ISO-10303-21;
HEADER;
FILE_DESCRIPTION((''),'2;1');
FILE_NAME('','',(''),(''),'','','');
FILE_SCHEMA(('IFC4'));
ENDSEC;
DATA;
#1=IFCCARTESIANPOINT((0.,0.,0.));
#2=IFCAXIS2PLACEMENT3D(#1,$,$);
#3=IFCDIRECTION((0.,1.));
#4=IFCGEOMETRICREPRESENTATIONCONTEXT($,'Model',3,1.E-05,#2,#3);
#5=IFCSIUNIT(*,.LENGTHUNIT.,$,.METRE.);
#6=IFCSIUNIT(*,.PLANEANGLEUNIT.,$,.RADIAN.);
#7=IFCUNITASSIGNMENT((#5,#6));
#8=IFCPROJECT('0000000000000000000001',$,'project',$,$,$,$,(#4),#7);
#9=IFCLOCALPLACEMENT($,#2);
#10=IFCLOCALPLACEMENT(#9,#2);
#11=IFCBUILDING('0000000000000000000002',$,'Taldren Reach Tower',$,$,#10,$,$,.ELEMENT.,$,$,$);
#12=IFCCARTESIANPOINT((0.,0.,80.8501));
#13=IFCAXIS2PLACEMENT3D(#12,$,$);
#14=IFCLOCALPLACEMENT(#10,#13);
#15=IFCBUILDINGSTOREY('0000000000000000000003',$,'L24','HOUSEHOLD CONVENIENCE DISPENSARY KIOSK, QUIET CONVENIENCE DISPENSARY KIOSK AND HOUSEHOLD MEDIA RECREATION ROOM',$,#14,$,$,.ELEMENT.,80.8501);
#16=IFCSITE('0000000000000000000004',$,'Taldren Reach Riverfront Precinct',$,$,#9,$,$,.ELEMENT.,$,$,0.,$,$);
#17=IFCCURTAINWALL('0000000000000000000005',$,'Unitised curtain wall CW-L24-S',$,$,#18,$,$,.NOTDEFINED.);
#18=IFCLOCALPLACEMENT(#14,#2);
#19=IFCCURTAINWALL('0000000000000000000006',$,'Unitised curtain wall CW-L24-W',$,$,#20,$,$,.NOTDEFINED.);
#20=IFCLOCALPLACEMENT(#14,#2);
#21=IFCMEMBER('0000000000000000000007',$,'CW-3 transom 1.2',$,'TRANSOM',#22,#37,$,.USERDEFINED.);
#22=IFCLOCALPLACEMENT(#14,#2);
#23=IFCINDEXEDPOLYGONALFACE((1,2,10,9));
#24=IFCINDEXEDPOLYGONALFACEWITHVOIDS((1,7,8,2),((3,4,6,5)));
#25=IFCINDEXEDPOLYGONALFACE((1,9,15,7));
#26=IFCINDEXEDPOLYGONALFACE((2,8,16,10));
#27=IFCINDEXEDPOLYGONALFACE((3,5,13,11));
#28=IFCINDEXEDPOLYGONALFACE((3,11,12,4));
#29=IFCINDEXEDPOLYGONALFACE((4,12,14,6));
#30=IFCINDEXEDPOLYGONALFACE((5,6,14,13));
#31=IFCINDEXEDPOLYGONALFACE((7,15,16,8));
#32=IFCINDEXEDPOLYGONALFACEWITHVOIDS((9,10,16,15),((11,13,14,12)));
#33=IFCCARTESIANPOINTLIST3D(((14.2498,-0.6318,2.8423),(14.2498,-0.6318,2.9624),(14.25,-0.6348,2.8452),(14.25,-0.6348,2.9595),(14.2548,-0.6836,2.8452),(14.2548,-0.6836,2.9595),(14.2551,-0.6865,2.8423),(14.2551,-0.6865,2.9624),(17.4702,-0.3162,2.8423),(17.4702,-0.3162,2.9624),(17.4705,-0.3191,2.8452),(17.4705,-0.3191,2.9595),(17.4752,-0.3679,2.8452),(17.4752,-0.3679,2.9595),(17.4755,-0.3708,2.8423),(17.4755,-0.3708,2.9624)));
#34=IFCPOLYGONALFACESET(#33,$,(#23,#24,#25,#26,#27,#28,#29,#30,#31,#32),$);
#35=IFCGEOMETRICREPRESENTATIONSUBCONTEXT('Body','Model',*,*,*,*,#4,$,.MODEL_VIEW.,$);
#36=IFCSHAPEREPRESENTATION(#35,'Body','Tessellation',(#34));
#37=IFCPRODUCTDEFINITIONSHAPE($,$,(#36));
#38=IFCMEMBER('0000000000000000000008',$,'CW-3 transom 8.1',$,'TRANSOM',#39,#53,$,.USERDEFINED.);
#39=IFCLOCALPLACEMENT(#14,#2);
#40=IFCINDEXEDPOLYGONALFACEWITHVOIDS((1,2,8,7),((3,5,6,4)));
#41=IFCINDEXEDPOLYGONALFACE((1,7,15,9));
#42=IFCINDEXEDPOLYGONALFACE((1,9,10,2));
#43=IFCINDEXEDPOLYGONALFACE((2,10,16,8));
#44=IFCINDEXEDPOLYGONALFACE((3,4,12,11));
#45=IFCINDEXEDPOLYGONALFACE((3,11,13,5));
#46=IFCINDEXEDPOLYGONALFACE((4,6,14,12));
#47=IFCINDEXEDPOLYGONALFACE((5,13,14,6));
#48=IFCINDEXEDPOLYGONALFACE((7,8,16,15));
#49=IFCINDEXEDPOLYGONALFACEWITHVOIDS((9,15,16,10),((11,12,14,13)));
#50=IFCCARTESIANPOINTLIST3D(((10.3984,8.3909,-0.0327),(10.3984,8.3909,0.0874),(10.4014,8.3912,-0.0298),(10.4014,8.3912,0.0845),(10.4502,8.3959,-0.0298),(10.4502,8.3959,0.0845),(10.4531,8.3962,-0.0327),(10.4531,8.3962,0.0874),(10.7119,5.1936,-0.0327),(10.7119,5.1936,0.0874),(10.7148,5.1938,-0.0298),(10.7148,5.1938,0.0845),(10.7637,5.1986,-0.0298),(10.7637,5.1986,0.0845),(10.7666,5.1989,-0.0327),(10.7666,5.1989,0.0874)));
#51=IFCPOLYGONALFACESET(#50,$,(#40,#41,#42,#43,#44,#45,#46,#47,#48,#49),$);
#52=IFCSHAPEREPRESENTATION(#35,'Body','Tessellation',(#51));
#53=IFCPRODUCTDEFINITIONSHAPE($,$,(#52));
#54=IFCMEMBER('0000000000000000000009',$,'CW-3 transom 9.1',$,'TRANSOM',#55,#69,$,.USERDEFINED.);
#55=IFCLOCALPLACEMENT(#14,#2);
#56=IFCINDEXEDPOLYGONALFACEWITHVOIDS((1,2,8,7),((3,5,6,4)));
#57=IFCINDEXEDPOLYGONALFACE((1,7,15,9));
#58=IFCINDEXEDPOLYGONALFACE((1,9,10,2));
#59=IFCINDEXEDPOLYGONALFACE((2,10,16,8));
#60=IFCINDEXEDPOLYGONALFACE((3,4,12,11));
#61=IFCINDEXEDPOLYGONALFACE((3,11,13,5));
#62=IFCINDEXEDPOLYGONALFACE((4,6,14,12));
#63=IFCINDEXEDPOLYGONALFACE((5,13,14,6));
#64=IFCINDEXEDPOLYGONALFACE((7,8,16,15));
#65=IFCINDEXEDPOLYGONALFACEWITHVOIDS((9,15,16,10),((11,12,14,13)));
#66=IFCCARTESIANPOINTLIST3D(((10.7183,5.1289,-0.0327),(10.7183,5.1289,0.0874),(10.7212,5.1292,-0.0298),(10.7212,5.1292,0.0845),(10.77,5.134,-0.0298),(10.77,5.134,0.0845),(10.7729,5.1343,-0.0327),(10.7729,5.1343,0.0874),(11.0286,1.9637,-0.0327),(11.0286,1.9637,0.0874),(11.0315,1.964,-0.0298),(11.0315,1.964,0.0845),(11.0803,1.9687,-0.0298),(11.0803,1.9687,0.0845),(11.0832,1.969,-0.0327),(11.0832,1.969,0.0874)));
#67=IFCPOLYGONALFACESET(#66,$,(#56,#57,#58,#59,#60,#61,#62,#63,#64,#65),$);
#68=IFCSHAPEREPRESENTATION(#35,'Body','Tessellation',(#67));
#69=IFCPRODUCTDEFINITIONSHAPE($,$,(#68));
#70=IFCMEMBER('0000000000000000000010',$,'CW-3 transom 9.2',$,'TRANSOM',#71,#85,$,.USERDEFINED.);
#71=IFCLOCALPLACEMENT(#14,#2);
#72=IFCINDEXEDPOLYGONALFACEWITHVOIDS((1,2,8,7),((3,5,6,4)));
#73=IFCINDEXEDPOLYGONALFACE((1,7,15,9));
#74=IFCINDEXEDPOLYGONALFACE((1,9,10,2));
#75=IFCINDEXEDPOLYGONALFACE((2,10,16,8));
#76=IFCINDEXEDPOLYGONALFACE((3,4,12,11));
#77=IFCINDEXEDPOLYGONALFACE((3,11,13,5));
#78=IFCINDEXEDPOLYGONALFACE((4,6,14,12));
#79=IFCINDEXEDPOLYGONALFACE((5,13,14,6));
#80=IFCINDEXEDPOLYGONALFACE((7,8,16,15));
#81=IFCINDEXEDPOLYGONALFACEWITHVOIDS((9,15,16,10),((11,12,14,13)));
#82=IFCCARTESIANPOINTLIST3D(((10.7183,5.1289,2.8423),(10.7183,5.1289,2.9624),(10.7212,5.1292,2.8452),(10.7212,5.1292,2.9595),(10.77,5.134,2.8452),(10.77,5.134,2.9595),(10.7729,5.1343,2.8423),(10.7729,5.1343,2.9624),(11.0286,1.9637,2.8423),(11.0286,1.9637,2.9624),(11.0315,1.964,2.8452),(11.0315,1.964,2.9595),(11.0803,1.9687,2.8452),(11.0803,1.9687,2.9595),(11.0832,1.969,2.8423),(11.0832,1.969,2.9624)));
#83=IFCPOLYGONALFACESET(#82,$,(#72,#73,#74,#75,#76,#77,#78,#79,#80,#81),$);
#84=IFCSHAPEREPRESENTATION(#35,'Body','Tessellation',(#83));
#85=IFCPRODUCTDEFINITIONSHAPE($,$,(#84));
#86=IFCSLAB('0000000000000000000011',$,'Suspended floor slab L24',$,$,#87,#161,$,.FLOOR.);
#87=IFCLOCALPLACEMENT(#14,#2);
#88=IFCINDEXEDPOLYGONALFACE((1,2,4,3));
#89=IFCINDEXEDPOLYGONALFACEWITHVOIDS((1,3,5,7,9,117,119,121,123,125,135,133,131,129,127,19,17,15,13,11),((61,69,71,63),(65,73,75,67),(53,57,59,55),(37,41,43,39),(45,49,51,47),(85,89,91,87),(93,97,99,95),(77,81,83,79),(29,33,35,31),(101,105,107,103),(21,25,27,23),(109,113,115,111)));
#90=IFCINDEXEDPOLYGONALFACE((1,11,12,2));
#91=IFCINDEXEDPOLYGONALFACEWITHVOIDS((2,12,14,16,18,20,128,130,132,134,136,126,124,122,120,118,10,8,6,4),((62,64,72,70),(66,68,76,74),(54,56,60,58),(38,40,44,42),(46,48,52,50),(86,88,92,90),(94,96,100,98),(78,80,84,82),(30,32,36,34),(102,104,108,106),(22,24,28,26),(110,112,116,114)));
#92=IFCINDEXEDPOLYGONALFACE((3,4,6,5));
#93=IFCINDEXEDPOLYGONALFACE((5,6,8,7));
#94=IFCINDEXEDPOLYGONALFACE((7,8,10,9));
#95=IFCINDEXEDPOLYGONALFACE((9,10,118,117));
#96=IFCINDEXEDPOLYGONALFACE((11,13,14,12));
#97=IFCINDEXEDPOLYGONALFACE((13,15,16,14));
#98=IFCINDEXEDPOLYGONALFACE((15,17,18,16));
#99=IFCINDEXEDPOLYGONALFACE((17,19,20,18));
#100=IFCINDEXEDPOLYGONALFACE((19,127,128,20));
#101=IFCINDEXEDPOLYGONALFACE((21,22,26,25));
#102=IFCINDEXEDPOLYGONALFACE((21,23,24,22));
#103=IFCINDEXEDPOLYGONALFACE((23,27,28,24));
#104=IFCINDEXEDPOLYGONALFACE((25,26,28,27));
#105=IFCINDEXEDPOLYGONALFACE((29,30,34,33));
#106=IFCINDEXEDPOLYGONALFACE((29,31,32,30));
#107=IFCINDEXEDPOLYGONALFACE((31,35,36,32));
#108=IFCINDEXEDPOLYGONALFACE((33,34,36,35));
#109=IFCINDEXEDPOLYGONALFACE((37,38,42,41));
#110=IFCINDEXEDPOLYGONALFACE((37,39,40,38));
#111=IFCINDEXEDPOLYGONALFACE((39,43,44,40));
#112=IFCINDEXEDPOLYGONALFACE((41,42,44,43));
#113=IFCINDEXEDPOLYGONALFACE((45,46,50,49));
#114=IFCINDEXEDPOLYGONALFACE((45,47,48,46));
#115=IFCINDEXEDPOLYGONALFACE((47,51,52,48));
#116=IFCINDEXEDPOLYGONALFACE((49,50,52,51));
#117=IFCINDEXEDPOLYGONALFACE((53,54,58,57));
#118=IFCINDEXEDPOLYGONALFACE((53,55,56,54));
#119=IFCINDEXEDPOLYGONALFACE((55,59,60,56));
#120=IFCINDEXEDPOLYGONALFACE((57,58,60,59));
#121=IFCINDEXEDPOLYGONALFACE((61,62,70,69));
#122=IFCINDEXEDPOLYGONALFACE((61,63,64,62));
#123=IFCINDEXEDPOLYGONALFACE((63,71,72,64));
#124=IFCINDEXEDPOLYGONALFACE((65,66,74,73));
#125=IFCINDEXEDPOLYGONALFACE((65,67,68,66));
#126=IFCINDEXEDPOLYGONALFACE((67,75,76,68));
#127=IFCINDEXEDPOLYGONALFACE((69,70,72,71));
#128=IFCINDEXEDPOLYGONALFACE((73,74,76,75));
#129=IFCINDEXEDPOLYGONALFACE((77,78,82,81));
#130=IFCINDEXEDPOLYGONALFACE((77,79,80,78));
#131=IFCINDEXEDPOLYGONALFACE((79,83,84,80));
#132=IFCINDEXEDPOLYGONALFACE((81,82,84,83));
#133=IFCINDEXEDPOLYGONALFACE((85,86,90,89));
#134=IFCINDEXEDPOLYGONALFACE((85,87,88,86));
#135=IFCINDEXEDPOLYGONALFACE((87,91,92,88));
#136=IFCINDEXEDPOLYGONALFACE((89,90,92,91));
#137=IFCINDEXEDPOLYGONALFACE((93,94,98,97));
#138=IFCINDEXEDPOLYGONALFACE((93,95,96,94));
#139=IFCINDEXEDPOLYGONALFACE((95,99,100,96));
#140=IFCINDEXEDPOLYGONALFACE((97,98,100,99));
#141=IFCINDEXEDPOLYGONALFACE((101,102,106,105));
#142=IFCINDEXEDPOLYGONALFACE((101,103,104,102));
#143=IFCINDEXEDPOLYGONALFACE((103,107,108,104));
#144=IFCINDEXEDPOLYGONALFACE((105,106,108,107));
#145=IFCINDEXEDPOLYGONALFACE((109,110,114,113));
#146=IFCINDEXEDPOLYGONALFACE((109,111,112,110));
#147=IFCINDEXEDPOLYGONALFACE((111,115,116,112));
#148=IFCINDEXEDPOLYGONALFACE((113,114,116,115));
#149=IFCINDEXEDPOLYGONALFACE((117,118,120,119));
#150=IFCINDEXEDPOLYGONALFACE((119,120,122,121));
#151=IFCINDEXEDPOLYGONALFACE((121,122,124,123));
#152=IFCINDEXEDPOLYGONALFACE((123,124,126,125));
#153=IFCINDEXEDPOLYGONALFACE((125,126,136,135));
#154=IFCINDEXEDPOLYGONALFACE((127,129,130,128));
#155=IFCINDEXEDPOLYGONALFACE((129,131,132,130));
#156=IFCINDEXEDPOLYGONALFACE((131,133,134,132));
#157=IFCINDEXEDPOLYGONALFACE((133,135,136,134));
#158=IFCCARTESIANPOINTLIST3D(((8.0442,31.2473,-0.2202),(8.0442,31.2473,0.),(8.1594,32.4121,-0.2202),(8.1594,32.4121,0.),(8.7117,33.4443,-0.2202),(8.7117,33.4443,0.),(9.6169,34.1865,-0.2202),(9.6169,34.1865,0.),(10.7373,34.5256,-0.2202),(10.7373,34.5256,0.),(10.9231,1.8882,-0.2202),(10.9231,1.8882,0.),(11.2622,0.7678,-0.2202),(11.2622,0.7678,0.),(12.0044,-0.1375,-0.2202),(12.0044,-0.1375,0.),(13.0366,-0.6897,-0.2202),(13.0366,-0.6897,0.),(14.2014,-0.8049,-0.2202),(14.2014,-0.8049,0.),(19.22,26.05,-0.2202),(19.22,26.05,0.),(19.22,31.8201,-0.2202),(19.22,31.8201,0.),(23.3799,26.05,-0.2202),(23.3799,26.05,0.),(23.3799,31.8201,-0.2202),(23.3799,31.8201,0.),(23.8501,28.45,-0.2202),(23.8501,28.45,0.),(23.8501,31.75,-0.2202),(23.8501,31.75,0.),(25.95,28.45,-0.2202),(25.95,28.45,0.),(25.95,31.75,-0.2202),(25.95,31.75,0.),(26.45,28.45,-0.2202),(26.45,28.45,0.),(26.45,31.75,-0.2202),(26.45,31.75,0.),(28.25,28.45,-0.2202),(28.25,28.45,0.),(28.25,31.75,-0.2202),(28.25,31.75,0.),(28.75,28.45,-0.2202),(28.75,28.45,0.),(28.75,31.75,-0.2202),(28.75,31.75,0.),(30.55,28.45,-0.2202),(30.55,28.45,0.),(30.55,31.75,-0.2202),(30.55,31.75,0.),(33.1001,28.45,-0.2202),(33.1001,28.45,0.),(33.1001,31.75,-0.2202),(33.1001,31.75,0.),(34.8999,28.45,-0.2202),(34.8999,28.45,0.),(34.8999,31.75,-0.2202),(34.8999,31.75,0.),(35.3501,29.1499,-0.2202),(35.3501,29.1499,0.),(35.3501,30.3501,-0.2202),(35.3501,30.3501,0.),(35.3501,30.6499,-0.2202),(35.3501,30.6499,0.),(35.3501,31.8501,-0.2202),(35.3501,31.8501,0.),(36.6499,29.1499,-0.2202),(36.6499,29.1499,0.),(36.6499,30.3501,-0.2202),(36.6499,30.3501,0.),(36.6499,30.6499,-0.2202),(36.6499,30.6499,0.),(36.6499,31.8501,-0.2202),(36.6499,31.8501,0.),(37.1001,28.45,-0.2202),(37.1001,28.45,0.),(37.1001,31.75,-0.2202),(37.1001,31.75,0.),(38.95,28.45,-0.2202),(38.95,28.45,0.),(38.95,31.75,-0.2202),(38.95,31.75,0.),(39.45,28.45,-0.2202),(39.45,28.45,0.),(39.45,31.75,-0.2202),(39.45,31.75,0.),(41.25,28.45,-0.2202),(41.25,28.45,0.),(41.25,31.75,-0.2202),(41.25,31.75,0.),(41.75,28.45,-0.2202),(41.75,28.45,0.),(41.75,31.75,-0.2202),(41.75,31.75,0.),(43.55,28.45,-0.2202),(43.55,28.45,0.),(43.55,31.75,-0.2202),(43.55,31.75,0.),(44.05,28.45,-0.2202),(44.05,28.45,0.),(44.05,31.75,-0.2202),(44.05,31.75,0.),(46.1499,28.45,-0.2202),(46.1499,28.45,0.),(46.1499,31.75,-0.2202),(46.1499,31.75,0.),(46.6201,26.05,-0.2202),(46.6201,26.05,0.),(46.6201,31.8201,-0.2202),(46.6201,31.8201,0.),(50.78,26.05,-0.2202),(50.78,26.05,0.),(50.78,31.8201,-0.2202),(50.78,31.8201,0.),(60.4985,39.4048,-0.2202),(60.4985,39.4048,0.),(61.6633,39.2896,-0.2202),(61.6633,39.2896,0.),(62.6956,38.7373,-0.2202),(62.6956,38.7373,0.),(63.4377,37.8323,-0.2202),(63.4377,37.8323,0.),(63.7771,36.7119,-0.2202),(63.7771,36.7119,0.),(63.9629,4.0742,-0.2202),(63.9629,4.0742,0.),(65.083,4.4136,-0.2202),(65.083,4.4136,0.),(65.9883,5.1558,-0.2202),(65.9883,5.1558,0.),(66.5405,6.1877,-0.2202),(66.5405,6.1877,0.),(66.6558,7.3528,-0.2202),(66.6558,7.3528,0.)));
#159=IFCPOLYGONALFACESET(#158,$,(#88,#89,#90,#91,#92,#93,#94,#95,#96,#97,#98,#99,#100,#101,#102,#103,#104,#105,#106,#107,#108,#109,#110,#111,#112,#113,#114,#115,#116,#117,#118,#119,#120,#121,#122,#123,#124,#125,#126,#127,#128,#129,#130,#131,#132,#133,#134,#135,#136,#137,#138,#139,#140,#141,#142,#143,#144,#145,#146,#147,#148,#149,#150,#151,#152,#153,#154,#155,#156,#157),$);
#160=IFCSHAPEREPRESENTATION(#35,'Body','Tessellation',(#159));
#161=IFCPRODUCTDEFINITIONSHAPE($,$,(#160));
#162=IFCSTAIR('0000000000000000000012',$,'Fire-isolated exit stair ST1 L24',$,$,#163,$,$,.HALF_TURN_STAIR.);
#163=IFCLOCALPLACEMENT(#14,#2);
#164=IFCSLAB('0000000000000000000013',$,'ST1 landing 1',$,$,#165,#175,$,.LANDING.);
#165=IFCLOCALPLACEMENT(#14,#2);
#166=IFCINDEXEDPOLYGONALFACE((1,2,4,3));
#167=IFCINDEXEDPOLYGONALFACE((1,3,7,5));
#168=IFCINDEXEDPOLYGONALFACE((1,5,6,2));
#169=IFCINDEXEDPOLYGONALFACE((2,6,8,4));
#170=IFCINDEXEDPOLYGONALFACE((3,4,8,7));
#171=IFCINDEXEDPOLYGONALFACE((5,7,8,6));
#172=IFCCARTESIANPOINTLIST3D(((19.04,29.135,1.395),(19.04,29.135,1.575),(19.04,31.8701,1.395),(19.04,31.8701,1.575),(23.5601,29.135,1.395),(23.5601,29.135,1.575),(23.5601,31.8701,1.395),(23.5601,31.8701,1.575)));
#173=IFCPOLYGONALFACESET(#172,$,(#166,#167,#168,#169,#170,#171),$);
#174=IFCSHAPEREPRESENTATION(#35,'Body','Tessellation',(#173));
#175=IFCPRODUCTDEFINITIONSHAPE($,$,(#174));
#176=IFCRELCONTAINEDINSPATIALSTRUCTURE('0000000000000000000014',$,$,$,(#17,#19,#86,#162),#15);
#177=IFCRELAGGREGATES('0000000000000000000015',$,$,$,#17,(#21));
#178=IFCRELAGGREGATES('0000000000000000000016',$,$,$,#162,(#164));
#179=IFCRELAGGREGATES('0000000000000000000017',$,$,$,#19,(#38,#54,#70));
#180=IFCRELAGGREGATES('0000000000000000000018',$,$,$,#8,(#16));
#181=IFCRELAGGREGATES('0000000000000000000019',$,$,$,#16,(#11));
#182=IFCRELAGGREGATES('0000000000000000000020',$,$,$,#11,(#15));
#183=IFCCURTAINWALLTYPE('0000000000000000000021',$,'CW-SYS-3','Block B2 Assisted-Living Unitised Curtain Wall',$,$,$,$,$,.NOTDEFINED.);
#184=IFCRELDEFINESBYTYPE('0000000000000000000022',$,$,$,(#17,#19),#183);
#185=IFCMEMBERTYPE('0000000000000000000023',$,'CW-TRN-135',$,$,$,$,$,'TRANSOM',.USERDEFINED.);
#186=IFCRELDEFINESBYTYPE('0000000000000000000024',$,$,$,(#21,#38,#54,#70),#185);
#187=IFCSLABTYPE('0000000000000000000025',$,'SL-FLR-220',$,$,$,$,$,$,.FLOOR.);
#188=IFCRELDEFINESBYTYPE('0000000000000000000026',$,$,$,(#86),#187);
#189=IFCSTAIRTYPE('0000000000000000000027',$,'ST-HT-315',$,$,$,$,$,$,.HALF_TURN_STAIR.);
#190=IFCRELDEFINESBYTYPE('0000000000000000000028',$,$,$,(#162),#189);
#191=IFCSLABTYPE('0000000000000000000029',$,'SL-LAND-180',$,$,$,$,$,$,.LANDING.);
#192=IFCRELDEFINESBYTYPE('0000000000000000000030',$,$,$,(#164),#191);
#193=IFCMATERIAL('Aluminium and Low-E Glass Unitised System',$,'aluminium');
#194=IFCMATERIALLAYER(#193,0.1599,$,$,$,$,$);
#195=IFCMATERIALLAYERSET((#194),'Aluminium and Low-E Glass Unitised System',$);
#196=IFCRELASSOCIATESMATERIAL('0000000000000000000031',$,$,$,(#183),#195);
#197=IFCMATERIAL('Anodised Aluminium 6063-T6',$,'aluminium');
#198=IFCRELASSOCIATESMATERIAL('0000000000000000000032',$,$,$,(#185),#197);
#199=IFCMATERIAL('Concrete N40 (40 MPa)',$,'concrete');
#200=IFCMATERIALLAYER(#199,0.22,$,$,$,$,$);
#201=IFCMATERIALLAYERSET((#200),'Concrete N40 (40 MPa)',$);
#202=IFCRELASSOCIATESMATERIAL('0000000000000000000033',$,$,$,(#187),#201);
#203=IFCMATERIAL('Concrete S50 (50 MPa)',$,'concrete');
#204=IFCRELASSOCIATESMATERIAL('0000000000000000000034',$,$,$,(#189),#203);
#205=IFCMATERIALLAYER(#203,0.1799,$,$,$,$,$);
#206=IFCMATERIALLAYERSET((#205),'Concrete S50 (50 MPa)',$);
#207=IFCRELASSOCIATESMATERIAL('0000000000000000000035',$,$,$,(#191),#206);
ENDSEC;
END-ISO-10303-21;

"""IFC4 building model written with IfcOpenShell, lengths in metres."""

from ifc_helpers import new_model, si_unit, direction, frame, origin, origin_2d, place, context, subcontext, project, spatial, polyline, hollow_rectangle, outline, extrude, source, transform, mapped, material, layer, layer_set, material_profile, profile_set, type_object, element, aggregate, save


model = new_model("IFC4")

# Units and contexts
model_context = context("Model", 3, precision=1e-05, world=origin(), true_north=direction((0.0, 1.0)))
body_context = subcontext(model_context, "Body", "Model", "MODEL_VIEW")
ifc_project = project(units=[si_unit("LENGTHUNIT", "METRE"), si_unit("PLANEANGLEUNIT", "RADIAN")], contexts=[model_context])

# Site, building, storey
site_placement = place(None, origin())
site = spatial("IfcSite", under=ifc_project, at=site_placement, Name="Taldren Reach Riverfront Precinct", CompositionType="ELEMENT", RefElevation=0.0)
building_placement = place(site_placement, origin())
building = spatial("IfcBuilding", under=site, at=building_placement, Name="Taldren Reach Tower", CompositionType="ELEMENT")
storey_placement = place(building_placement, frame((0.0, 0.0, 80.8501)))
storey = spatial("IfcBuildingStorey", under=building, at=storey_placement, Name="L24", Description="HOUSEHOLD CONVENIENCE DISPENSARY KIOSK, QUIET CONVENIENCE DISPENSARY KIOSK AND HOUSEHOLD MEDIA RECREATION ROOM", CompositionType="ELEMENT", Elevation=80.8501)

# Curtain wall
ifc_material_1 = material(Name="Aluminium and Low-E Glass Unitised System", Category="aluminium")
ifc_layer_1 = layer(ifc_material_1, 0.1599)
ifc_layer_set_1 = layer_set([ifc_layer_1], Name="Aluminium and Low-E Glass Unitised System")
curtain_wall_type = type_object("IfcCurtainWallType", Name="CW-SYS-3", Description="Block B2 Assisted-Living Unitised Curtain Wall", PredefinedType="NOTDEFINED", material=ifc_layer_set_1)
curtain_wall_1_placement = place(storey_placement, origin())
curtain_wall_1 = element("IfcCurtainWall", 1, at=curtain_wall_1_placement, inside=storey, type_object=curtain_wall_type, Name="Unitised curtain wall CW-L24-S", PredefinedType="NOTDEFINED")
ifc_material_2 = material(Name="Anodised Aluminium 6063-T6", Category="aluminium")

# Curtain wall
curtain_wall_2_placement = place(storey_placement, origin())
curtain_wall_2 = element("IfcCurtainWall", 2, at=curtain_wall_2_placement, inside=storey, type_object=curtain_wall_type, Name="Unitised curtain wall CW-L24-W", PredefinedType="NOTDEFINED")

# Members
ifc_material_profile_1 = material_profile(ifc_material_2, hollow_rectangle(XDim=0.0549, YDim=0.1201, WallThickness=0.0029, at=origin_2d()), Name="ALU-120x55x3RHS")
ifc_profile_set_1 = profile_set([ifc_material_profile_1], Name="Anodised Aluminium 6063-T6")
member_type_1 = type_object("IfcMemberType", Name="CW-TRN-135", ElementType="TRANSOM", PredefinedType="USERDEFINED", material=ifc_profile_set_1)
shared_shape_1 = source(origin(), body_context, "Body", "SweptSolid", [
    extrude(hollow_rectangle(XDim=0.0549, YDim=0.1201, WallThickness=0.0029, at=origin_2d()), origin(), (0.0, 0.0, 1.0), 3.2358),
])
member_1_placement = place(storey_placement, frame((14.2524, -0.6592, 2.9023), z_axis=(0.99523, 0.097554, 0.0), x_axis=(-0.097554, 0.99523, 0.0)))
member_1 = element("IfcMember", 3, at=member_1_placement, type_object=member_type_1, Name="CW-3 transom 1.2", ObjectType="TRANSOM", PredefinedType="USERDEFINED", context=body_context, shape_type="MappedRepresentation", body=[
    mapped(shared_shape_1, transform((0.0, 0.0, 0.0), scale=1.0)),
])
aggregate(curtain_wall_1, [member_1])
shared_shape_2 = source(origin(), body_context, "Body", "SweptSolid", [
    extrude(hollow_rectangle(XDim=0.0549, YDim=0.1201, WallThickness=0.0029, at=origin_2d()), origin(), (0.0, 0.0, 1.0), 3.2126),
])
member_2_placement = place(storey_placement, frame((10.4258, 8.3936, 0.0273), z_axis=(0.097577, -0.995228, 0.0), x_axis=(0.995228, 0.097577, 0.0)))
member_2 = element("IfcMember", 4, at=member_2_placement, type_object=member_type_1, Name="CW-3 transom 8.1", ObjectType="TRANSOM", PredefinedType="USERDEFINED", context=body_context, shape_type="MappedRepresentation", body=[
    mapped(shared_shape_2, transform((0.0, 0.0, 0.0), scale=1.0)),
])
shared_shape_3 = source(origin(), body_context, "Body", "SweptSolid", [
    extrude(hollow_rectangle(XDim=0.0549, YDim=0.1201, WallThickness=0.0029, at=origin_2d()), origin(), (0.0, 0.0, 1.0), 3.1804),
])
member_3_placement = place(storey_placement, frame((10.7456, 5.1316, 0.0273), z_axis=(0.097565, -0.995229, 0.0), x_axis=(0.995229, 0.097565, 0.0)))
member_3 = element("IfcMember", 5, at=member_3_placement, type_object=member_type_1, Name="CW-3 transom 9.1", ObjectType="TRANSOM", PredefinedType="USERDEFINED", context=body_context, shape_type="MappedRepresentation", body=[
    mapped(shared_shape_3, transform((0.0, 0.0, 0.0), scale=1.0)),
])
member_4_placement = place(storey_placement, frame((10.7456, 5.1316, 2.9023), z_axis=(0.097565, -0.995229, 0.0), x_axis=(0.995229, 0.097565, 0.0)))
member_4 = element("IfcMember", 6, at=member_4_placement, type_object=member_type_1, Name="CW-3 transom 9.2", ObjectType="TRANSOM", PredefinedType="USERDEFINED", context=body_context, shape_type="MappedRepresentation", body=[
    mapped(shared_shape_3, transform((0.0, 0.0, 0.0), scale=1.0)),
])

# Slab
ifc_material_3 = material(Name="Concrete N40 (40 MPa)", Category="concrete")
ifc_layer_2 = layer(ifc_material_3, 0.22)
ifc_layer_set_2 = layer_set([ifc_layer_2], Name="Concrete N40 (40 MPa)")
slab_type_1 = type_object("IfcSlabType", Name="SL-FLR-220", PredefinedType="FLOOR", material=ifc_layer_set_2)
slab_1_placement = place(storey_placement, frame((0.0, 0.0, -0.2202)))
element("IfcSlab", 7, at=slab_1_placement, inside=storey, type_object=slab_type_1, Name="Suspended floor slab L24", PredefinedType="FLOOR", context=body_context, shape_type="SweptSolid", body=[
    extrude(outline(polyline([(63.9629, 4.0742), (65.083, 4.4136), (65.9883, 5.1558), (66.5405, 6.1877), (66.6558, 7.3528), (63.7771, 36.7119), (63.4377, 37.8323), (62.6956, 38.7373), (61.6633, 39.2896), (60.4985, 39.4048), (10.7373, 34.5256), (9.6169, 34.1865), (8.7117, 33.4443), (8.1594, 32.4121), (8.0442, 31.2473), (10.9231, 1.8882), (11.2622, 0.7678), (12.0044, -0.1375), (13.0366, -0.6897), (14.2014, -0.8049), (63.9629, 4.0742)]), holes=[polyline([(19.22, 26.05), (23.3799, 26.05), (23.3799, 31.8201), (19.22, 31.8201), (19.22, 26.05)]), polyline([(46.6201, 26.05), (50.78, 26.05), (50.78, 31.8201), (46.6201, 31.8201), (46.6201, 26.05)]), polyline([(23.8501, 28.45), (25.95, 28.45), (25.95, 31.75), (23.8501, 31.75), (23.8501, 28.45)]), polyline([(44.05, 28.45), (46.1499, 28.45), (46.1499, 31.75), (44.05, 31.75), (44.05, 28.45)]), polyline([(26.45, 28.45), (28.25, 28.45), (28.25, 31.75), (26.45, 31.75), (26.45, 28.45)]), polyline([(28.75, 28.45), (30.55, 28.45), (30.55, 31.75), (28.75, 31.75), (28.75, 28.45)]), polyline([(33.1001, 28.45), (34.8999, 28.45), (34.8999, 31.75), (33.1001, 31.75), (33.1001, 28.45)]), polyline([(37.1001, 28.45), (38.95, 28.45), (38.95, 31.75), (37.1001, 31.75), (37.1001, 28.45)]), polyline([(39.45, 28.45), (41.25, 28.45), (41.25, 31.75), (39.45, 31.75), (39.45, 28.45)]), polyline([(41.75, 28.45), (43.55, 28.45), (43.55, 31.75), (41.75, 31.75), (41.75, 28.45)]), polyline([(35.3501, 30.6499), (36.6499, 30.6499), (36.6499, 31.8501), (35.3501, 31.8501), (35.3501, 30.6499)]), polyline([(35.3501, 29.1499), (36.6499, 29.1499), (36.6499, 30.3501), (35.3501, 30.3501), (35.3501, 29.1499)])]), origin(), (0.0, 0.0, 1.0), 0.2202),
])

# Stair, slab
ifc_material_4 = material(Name="Concrete S50 (50 MPa)", Category="concrete")
stair_type = type_object("IfcStairType", Name="ST-HT-315", PredefinedType="HALF_TURN_STAIR", material=ifc_material_4)
stair_1_placement = place(storey_placement, origin())
stair_1 = element("IfcStair", 8, at=stair_1_placement, inside=storey, type_object=stair_type, Name="Fire-isolated exit stair ST1 L24", PredefinedType="HALF_TURN_STAIR")
ifc_layer_3 = layer(ifc_material_4, 0.1799)
ifc_layer_set_3 = layer_set([ifc_layer_3], Name="Concrete S50 (50 MPa)")
slab_type_2 = type_object("IfcSlabType", Name="SL-LAND-180", PredefinedType="LANDING", material=ifc_layer_set_3)
slab_2_placement = place(storey_placement, frame((0.0, 0.0, 1.395)))
slab_2 = element("IfcSlab", 9, at=slab_2_placement, type_object=slab_type_2, Name="ST1 landing 1", PredefinedType="LANDING", context=body_context, shape_type="SweptSolid", body=[
    extrude(outline(polyline([(19.04, 29.135), (23.5601, 29.135), (23.5601, 31.8701), (19.04, 31.8701), (19.04, 29.135)])), origin(), (0.0, 0.0, 1.0), 0.1799),
])
aggregate(stair_1, [slab_2])

aggregate(curtain_wall_2, [member_2, member_3, member_4])

save(model, "model.ifc")
